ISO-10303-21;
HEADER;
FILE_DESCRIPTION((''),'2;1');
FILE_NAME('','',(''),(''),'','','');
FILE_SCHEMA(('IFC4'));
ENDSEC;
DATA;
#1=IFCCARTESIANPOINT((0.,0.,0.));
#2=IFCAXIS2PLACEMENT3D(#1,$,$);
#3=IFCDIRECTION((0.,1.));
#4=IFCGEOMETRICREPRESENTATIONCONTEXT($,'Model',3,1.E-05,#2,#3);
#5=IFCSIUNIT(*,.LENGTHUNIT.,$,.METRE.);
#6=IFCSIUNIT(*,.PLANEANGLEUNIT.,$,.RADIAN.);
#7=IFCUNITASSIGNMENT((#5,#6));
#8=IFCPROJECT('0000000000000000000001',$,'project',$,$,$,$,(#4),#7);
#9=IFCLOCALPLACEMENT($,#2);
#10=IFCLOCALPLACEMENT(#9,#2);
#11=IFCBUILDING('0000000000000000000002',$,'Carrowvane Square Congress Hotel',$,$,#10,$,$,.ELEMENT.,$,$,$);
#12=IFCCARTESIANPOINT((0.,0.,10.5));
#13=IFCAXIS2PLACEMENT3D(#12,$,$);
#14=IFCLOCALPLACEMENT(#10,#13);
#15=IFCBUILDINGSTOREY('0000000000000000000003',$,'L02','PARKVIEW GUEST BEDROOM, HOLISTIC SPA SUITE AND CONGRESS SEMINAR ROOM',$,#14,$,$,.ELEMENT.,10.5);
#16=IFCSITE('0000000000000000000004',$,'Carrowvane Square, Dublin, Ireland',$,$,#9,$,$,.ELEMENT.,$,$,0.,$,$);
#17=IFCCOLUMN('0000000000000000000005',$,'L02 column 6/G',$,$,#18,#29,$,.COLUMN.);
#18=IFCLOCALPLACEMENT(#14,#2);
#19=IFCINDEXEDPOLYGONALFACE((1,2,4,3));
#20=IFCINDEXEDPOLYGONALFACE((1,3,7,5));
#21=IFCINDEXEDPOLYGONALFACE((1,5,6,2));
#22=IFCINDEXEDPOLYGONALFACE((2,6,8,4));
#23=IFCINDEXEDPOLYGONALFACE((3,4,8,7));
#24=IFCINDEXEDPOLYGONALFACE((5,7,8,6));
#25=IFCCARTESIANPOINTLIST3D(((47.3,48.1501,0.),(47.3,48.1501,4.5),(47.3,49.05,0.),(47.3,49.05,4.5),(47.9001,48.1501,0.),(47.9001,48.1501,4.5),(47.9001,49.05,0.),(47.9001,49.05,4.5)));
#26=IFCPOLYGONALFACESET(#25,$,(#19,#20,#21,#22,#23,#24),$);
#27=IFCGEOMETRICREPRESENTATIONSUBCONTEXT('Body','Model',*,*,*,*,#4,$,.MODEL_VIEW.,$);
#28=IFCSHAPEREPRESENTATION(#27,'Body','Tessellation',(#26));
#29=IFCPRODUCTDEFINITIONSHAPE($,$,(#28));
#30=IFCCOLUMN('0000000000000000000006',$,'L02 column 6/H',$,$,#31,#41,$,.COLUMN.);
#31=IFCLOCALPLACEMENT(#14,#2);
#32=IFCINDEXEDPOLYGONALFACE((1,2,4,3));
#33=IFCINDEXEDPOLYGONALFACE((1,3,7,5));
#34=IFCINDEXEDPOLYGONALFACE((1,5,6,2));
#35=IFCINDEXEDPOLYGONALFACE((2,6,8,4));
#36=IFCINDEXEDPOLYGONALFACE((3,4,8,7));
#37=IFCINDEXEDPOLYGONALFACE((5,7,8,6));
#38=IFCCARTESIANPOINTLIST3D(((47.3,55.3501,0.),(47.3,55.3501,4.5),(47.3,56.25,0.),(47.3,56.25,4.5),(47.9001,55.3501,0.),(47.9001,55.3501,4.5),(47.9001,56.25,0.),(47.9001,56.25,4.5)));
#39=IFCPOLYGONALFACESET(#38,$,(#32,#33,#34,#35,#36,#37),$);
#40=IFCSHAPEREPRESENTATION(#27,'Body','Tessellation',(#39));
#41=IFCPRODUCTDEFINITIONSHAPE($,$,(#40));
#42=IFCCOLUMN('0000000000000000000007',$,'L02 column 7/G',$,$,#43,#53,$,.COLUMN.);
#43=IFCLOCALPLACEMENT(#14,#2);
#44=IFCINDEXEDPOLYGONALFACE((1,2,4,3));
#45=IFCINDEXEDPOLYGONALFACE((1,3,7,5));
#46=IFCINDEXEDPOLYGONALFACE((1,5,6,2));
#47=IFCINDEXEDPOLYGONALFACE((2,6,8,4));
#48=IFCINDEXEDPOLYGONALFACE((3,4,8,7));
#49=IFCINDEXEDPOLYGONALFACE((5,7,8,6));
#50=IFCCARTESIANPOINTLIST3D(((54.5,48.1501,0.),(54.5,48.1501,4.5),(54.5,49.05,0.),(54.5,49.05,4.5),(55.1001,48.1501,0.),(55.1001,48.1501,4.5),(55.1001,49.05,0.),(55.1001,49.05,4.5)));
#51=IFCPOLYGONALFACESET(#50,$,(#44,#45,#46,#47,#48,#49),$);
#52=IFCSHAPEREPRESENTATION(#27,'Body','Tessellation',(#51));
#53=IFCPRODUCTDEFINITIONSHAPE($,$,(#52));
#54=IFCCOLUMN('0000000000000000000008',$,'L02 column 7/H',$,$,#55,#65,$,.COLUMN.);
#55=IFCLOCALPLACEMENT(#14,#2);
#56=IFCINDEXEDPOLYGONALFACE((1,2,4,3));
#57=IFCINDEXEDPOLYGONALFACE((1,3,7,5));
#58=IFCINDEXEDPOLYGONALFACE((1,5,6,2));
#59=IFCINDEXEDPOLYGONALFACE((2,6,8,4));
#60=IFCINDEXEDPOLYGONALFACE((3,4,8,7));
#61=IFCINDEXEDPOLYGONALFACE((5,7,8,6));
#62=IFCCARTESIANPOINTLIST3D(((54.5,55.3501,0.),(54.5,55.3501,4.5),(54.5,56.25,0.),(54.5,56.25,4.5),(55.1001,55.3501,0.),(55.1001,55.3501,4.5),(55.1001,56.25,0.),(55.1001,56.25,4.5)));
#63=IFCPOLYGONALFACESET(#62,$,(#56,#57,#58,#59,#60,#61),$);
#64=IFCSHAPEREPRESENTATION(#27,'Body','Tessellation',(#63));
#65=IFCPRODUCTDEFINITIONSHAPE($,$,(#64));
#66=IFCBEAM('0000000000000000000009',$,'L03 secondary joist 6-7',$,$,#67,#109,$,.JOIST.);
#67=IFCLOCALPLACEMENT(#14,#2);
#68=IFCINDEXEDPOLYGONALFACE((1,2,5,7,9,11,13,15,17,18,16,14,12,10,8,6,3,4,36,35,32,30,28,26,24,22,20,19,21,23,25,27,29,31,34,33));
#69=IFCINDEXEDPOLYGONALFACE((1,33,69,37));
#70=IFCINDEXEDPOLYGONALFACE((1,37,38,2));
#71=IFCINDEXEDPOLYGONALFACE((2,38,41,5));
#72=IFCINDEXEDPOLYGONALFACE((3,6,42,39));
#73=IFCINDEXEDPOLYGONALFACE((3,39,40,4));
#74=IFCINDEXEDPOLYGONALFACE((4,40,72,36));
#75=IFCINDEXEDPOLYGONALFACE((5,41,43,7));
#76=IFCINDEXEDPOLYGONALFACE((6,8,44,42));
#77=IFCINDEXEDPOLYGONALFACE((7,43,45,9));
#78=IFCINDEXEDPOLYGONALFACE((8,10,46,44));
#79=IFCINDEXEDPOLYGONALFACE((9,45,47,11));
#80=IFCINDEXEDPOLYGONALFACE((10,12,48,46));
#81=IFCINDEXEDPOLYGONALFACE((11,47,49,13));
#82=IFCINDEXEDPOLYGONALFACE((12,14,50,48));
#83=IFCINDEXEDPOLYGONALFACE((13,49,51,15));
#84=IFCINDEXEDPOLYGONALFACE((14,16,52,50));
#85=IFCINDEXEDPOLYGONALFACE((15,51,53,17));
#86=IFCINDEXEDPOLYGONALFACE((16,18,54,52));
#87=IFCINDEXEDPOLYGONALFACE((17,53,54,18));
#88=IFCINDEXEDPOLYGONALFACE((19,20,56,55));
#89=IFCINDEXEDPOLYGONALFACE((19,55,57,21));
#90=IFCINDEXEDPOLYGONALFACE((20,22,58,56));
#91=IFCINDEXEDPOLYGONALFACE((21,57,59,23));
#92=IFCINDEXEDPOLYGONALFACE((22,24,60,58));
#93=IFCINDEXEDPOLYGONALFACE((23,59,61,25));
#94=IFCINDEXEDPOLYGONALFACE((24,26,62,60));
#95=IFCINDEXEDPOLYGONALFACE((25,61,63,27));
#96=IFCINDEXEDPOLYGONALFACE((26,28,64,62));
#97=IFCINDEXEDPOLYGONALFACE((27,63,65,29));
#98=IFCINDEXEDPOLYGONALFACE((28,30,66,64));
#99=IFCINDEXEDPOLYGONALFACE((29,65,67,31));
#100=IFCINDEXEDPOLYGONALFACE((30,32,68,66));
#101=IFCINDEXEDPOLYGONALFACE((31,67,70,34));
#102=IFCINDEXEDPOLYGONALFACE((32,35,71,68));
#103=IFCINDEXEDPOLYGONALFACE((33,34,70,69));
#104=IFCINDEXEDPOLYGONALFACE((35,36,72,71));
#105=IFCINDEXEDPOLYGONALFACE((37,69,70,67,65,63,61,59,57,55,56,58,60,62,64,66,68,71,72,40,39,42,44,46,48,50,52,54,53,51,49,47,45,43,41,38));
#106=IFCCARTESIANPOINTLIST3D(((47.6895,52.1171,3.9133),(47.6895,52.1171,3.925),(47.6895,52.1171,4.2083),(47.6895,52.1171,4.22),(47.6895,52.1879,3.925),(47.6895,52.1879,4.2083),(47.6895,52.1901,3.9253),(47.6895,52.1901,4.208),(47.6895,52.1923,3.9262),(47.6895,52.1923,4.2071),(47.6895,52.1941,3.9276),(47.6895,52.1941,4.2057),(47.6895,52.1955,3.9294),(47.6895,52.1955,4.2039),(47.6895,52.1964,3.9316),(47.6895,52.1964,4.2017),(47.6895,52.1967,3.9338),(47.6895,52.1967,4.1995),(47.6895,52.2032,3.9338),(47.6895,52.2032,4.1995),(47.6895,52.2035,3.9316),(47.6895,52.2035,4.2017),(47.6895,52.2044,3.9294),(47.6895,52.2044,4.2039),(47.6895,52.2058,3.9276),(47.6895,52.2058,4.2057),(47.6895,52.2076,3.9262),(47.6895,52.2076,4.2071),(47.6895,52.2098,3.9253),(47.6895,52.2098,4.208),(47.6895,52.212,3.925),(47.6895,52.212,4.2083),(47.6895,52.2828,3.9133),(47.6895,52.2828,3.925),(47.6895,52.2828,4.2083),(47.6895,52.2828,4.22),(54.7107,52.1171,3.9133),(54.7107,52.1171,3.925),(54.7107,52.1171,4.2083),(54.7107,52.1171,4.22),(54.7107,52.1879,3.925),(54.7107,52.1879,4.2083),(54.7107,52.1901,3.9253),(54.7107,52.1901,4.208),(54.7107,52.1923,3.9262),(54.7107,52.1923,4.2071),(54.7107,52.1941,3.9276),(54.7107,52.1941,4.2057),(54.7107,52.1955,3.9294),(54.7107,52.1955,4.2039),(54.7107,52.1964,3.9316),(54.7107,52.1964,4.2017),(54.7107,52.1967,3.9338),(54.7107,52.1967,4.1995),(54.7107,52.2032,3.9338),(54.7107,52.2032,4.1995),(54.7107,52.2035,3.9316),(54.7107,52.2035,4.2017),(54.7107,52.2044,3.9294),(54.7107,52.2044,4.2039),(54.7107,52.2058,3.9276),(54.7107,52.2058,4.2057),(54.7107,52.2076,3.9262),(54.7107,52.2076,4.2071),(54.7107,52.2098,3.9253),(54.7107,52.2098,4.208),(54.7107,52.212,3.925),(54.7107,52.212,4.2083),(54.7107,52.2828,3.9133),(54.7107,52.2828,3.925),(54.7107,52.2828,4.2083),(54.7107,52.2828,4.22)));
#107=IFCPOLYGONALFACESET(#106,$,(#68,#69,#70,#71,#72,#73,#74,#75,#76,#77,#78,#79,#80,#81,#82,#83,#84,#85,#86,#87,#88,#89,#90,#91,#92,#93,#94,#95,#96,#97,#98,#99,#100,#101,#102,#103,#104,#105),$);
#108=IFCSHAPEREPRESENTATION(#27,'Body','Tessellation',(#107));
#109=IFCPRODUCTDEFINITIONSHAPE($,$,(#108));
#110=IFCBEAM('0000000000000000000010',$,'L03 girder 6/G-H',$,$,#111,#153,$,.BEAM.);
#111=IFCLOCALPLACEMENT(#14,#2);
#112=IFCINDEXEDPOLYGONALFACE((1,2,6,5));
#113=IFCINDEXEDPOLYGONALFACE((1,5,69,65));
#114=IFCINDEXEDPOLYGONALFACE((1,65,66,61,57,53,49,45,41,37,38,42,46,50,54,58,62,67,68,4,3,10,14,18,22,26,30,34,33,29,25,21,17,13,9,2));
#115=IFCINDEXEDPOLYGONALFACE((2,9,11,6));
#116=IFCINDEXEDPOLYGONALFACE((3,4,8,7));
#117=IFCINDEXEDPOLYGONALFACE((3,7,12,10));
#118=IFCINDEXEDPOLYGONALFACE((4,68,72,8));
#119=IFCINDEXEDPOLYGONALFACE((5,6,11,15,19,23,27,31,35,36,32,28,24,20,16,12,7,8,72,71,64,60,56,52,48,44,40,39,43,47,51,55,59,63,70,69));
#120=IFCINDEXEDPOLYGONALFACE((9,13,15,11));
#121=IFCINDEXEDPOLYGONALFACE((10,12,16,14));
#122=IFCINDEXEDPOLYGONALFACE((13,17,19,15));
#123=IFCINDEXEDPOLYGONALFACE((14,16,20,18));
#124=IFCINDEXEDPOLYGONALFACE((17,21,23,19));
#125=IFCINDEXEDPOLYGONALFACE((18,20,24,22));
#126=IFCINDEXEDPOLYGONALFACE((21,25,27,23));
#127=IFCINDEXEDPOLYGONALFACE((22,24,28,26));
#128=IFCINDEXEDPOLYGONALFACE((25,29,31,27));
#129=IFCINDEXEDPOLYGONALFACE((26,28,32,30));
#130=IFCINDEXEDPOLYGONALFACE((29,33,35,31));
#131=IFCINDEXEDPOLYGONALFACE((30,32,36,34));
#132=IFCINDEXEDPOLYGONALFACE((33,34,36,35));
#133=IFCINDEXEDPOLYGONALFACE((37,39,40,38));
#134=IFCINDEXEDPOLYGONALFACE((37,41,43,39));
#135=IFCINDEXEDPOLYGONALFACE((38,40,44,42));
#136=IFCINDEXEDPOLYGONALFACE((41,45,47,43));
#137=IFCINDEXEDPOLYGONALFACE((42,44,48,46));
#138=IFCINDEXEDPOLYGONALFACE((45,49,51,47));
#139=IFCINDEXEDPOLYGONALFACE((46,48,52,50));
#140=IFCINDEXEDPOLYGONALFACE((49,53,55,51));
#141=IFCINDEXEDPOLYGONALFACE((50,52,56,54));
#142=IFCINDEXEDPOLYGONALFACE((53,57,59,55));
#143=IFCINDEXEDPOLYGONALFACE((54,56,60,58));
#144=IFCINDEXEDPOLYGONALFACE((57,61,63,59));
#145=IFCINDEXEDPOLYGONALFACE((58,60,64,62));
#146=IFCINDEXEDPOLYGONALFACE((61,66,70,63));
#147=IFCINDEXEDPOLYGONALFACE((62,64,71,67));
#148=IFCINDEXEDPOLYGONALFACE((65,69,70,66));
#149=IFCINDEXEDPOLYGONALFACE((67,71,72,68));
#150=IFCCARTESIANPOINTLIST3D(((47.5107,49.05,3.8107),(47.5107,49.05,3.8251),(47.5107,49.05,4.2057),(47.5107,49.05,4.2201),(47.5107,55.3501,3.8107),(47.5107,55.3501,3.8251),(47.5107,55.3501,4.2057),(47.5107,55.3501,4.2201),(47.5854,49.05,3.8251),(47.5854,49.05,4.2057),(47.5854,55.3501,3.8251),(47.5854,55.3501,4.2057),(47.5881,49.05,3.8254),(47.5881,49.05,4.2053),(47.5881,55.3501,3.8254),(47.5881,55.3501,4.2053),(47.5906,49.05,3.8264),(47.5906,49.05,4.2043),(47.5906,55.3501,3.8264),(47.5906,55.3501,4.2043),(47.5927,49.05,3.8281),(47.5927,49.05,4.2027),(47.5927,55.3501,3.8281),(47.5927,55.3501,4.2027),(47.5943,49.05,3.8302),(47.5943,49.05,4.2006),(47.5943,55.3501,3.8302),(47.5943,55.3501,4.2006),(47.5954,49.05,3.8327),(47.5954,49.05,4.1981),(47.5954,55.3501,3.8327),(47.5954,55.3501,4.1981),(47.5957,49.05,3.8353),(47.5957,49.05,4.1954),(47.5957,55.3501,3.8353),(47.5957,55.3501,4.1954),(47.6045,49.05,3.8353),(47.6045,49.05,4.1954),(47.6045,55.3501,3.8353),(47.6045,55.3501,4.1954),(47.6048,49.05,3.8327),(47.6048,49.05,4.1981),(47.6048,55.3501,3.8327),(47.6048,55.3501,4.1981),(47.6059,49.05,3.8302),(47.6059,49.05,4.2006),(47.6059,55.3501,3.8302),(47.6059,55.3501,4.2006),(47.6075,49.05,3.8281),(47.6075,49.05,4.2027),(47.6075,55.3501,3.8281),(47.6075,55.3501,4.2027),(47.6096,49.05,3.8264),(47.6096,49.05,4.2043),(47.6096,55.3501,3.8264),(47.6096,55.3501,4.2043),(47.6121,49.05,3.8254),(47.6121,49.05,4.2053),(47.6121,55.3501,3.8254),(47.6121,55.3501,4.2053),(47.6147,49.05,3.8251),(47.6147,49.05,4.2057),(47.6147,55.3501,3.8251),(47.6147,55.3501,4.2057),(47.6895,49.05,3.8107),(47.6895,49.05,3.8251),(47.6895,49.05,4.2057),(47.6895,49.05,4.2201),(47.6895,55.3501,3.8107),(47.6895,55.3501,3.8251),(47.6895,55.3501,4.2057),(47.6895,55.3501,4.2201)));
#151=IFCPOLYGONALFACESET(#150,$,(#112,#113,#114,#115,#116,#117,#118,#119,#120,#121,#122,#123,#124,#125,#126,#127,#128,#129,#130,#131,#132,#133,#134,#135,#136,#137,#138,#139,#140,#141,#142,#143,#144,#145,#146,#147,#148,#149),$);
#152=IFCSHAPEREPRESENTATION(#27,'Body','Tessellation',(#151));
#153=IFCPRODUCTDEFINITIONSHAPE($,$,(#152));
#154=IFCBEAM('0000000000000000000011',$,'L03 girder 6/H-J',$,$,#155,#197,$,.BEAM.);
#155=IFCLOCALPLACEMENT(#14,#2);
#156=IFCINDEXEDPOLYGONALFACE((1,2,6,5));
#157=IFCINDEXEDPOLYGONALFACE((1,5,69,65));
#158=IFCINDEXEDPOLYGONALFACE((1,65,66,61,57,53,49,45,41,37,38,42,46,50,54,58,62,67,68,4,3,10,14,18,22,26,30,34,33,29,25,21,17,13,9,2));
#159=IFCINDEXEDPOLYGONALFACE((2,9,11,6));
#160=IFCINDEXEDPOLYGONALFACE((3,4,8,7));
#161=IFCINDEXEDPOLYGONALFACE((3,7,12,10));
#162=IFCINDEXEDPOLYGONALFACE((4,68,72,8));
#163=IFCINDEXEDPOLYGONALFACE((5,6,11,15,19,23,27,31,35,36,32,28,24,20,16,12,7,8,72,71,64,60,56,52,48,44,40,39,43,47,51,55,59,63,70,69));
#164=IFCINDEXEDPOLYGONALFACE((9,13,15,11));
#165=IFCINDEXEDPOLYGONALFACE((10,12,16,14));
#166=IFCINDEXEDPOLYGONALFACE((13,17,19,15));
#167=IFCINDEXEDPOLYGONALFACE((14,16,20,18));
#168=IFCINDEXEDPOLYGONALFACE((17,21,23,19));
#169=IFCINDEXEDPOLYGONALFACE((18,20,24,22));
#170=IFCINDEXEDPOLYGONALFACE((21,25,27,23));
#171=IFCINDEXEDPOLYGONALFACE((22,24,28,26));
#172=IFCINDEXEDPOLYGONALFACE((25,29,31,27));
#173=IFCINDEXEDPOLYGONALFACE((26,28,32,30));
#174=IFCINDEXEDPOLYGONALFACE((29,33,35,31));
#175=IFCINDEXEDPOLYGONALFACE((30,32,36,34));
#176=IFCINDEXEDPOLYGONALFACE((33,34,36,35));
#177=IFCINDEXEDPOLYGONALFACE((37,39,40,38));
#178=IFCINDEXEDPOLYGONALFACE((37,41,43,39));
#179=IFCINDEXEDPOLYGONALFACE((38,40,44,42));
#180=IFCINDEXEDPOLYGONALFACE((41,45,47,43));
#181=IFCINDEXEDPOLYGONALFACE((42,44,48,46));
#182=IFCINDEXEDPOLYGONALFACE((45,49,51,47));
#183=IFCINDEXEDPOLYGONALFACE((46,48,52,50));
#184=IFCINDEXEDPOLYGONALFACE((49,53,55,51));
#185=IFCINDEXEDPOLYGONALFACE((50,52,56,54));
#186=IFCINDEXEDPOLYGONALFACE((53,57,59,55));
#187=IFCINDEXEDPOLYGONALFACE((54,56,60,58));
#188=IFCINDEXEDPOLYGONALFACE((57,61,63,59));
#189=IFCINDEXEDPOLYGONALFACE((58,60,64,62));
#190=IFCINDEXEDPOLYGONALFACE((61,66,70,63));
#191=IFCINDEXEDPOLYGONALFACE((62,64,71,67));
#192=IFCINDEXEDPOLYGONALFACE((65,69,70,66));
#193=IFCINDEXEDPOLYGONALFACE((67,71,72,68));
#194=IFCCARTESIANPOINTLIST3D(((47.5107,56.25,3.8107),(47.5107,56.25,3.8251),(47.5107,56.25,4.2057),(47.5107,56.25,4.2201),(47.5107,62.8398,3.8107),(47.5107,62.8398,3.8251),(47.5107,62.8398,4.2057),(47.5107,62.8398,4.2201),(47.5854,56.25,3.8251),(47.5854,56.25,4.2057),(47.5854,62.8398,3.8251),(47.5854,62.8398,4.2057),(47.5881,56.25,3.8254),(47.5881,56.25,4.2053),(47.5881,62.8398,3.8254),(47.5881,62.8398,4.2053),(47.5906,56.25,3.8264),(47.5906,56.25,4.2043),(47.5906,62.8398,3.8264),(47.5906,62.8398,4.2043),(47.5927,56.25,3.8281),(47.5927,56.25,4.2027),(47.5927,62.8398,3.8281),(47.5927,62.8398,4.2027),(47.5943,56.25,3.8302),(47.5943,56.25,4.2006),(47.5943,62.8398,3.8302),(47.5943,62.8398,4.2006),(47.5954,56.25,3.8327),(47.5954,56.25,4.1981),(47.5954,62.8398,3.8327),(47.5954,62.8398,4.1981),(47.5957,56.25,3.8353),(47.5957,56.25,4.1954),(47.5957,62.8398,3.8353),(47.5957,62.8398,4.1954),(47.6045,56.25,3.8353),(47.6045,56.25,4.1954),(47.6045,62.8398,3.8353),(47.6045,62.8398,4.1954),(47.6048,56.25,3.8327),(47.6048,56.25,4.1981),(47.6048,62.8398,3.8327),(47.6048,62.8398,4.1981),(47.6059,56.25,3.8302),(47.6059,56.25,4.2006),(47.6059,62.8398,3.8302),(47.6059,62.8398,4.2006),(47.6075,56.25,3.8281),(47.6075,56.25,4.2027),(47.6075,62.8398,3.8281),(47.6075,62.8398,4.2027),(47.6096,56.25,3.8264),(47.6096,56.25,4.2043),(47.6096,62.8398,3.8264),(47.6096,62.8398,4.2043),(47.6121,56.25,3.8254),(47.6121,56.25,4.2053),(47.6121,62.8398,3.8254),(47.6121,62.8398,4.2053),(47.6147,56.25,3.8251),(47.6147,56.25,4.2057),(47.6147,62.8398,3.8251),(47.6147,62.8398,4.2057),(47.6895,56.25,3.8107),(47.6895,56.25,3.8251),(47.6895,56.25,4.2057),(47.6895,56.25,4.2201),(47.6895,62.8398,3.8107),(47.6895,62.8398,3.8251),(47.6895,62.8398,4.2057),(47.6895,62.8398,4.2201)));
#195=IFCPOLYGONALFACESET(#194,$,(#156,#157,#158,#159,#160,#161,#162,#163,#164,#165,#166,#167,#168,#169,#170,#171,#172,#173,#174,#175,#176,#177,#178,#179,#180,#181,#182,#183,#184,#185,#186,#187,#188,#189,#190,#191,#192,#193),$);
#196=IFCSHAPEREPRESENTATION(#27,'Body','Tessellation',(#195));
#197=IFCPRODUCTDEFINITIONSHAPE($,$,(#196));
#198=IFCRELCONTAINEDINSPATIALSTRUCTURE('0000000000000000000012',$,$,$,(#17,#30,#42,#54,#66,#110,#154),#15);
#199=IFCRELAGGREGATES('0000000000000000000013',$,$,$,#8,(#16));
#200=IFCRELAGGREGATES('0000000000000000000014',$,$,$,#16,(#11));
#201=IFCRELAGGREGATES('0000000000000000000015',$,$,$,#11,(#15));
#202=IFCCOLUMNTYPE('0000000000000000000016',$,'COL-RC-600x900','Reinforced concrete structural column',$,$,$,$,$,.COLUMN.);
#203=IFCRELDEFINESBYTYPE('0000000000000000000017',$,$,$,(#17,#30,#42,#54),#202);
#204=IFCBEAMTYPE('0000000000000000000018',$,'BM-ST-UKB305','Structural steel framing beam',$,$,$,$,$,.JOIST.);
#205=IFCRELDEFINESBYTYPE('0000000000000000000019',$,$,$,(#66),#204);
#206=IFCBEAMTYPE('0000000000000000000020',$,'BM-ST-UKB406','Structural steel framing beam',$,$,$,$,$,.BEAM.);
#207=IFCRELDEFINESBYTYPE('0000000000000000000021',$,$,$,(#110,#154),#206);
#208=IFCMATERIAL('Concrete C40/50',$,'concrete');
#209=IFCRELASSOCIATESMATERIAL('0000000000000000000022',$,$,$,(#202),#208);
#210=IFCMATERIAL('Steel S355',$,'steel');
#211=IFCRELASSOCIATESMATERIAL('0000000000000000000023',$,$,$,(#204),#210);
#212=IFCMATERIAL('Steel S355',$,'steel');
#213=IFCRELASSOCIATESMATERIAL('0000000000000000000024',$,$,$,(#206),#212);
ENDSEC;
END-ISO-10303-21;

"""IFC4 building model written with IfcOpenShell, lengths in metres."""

from ifc_helpers import new_model, si_unit, direction, frame, origin, origin_2d, place, context, subcontext, project, spatial, rectangle, i_section, extrude, material, material_profile, profile_set, type_object, element, save


model = new_model("IFC4")

# Units and contexts
model_context = context("Model", 3, precision=1e-05, world=origin(), true_north=direction((0.0, 1.0)))
body_context = subcontext(model_context, "Body", "Model", "MODEL_VIEW")
ifc_project = project(units=[si_unit("LENGTHUNIT", "METRE"), si_unit("PLANEANGLEUNIT", "RADIAN")], contexts=[model_context])

# Site, building, storey
site_placement = place(None, origin())
site = spatial("IfcSite", under=ifc_project, at=site_placement, Name="Carrowvane Square, Dublin, Ireland", CompositionType="ELEMENT", RefElevation=0.0)
building_placement = place(site_placement, origin())
building = spatial("IfcBuilding", under=site, at=building_placement, Name="Carrowvane Square Congress Hotel", CompositionType="ELEMENT")
storey_placement = place(building_placement, frame((0.0, 0.0, 10.5)))
storey = spatial("IfcBuildingStorey", under=building, at=storey_placement, Name="L02", Description="PARKVIEW GUEST BEDROOM, HOLISTIC SPA SUITE AND CONGRESS SEMINAR ROOM", CompositionType="ELEMENT", Elevation=10.5)

# Columns
ifc_material_1 = material(Name="Concrete C40/50", Category="concrete")
ifc_material_profile_1 = material_profile(ifc_material_1, rectangle(XDim=0.6001, YDim=0.8999, at=origin_2d()), Name="RC 600x900")
ifc_profile_set_1 = profile_set([ifc_material_profile_1], Name="Concrete C40/50")
column_type = type_object("IfcColumnType", Name="COL-RC-600x900", Description="Reinforced concrete structural column", PredefinedType="COLUMN", material=ifc_profile_set_1)
for number, where, z_axis, x_axis, name in (
    (1, (47.6001, 48.6001, 0.0), (0.0, 0.0, 1.0), (1.0, 0.0, 0.0), "L02 column 6/G"),
    (2, (47.6001, 55.8, 0.0), (0.0, 0.0, 1.0), (1.0, 0.0, 0.0), "L02 column 6/H"),
    (3, (54.8, 48.6001, 0.0), (0.0, 0.0, 1.0), (1.0, 0.0, 0.0), "L02 column 7/G"),
    (4, (54.8, 55.8, 0.0), (0.0, 0.0, 1.0), (1.0, 0.0, 0.0), "L02 column 7/H"),
):
    element("IfcColumn", number, at=place(storey_placement, frame(where, z_axis=z_axis, x_axis=x_axis)), inside=storey, type_object=column_type, Name=name, PredefinedType="COLUMN", context=body_context, shape_type="SweptSolid", body=[
        extrude(rectangle(XDim=0.6001, YDim=0.8999, at=origin_2d()), origin(), (0.0, 0.0, 1.0), 4.5),
    ])

# Beams
ifc_material_2 = material(Name="Steel S355", Category="steel")
ifc_material_profile_2 = material_profile(ifc_material_2, i_section(OverallWidth=0.1658, OverallDepth=0.3066, WebThickness=0.0066, FlangeThickness=0.0117, FilletRadius=0.0088, at=origin_2d()), Name="UKB 305x165x46")
ifc_profile_set_2 = profile_set([ifc_material_profile_2], Name="Steel S355")
beam_type_1 = type_object("IfcBeamType", Name="BM-ST-UKB305", Description="Structural steel framing beam", PredefinedType="JOIST", material=ifc_profile_set_2)
beam_1_placement = place(storey_placement, frame((47.6895, 52.2, 4.0667), z_axis=(1.0, 0.0, 0.0), x_axis=(0.0, 1.0, 0.0)))
element("IfcBeam", 5, at=beam_1_placement, inside=storey, type_object=beam_type_1, Name="L03 secondary joist 6-7", PredefinedType="JOIST", context=body_context, shape_type="SweptSolid", body=[
    extrude(i_section(OverallWidth=0.1658, OverallDepth=0.3066, WebThickness=0.0066, FlangeThickness=0.0117, FilletRadius=0.0088, at=origin_2d()), origin(), (0.0, 0.0, 1.0), 7.0212),
])
ifc_material_3 = material(Name="Steel S355", Category="steel")
ifc_material_profile_3 = material_profile(ifc_material_3, i_section(OverallWidth=0.1787, OverallDepth=0.4094, WebThickness=0.0088, FlangeThickness=0.0144, FilletRadius=0.0103, at=origin_2d()), Name="UKB 406x178x67")
ifc_profile_set_3 = profile_set([ifc_material_profile_3], Name="Steel S355")
beam_type_2 = type_object("IfcBeamType", Name="BM-ST-UKB406", Description="Structural steel framing beam", PredefinedType="BEAM", material=ifc_profile_set_3)
beam_2_placement = place(storey_placement, frame((47.6001, 49.05, 4.0154), z_axis=(0.0, 1.0, 0.0), x_axis=(-1.0, 0.0, 0.0)))
element("IfcBeam", 6, at=beam_2_placement, inside=storey, type_object=beam_type_2, Name="L03 girder 6/G-H", PredefinedType="BEAM", context=body_context, shape_type="SweptSolid", body=[
    extrude(i_section(OverallWidth=0.1787, OverallDepth=0.4094, WebThickness=0.0088, FlangeThickness=0.0144, FilletRadius=0.0103, at=origin_2d()), origin(), (0.0, 0.0, 1.0), 6.3),
])
beam_3_placement = place(storey_placement, frame((47.6001, 56.25, 4.0154), z_axis=(0.0, 1.0, 0.0), x_axis=(-1.0, 0.0, 0.0)))
element("IfcBeam", 7, at=beam_3_placement, inside=storey, type_object=beam_type_2, Name="L03 girder 6/H-J", PredefinedType="BEAM", context=body_context, shape_type="SweptSolid", body=[
    extrude(i_section(OverallWidth=0.1787, OverallDepth=0.4094, WebThickness=0.0088, FlangeThickness=0.0144, FilletRadius=0.0103, at=origin_2d()), origin(), (0.0, 0.0, 1.0), 6.5898),
])

save(model, "model.ifc")
